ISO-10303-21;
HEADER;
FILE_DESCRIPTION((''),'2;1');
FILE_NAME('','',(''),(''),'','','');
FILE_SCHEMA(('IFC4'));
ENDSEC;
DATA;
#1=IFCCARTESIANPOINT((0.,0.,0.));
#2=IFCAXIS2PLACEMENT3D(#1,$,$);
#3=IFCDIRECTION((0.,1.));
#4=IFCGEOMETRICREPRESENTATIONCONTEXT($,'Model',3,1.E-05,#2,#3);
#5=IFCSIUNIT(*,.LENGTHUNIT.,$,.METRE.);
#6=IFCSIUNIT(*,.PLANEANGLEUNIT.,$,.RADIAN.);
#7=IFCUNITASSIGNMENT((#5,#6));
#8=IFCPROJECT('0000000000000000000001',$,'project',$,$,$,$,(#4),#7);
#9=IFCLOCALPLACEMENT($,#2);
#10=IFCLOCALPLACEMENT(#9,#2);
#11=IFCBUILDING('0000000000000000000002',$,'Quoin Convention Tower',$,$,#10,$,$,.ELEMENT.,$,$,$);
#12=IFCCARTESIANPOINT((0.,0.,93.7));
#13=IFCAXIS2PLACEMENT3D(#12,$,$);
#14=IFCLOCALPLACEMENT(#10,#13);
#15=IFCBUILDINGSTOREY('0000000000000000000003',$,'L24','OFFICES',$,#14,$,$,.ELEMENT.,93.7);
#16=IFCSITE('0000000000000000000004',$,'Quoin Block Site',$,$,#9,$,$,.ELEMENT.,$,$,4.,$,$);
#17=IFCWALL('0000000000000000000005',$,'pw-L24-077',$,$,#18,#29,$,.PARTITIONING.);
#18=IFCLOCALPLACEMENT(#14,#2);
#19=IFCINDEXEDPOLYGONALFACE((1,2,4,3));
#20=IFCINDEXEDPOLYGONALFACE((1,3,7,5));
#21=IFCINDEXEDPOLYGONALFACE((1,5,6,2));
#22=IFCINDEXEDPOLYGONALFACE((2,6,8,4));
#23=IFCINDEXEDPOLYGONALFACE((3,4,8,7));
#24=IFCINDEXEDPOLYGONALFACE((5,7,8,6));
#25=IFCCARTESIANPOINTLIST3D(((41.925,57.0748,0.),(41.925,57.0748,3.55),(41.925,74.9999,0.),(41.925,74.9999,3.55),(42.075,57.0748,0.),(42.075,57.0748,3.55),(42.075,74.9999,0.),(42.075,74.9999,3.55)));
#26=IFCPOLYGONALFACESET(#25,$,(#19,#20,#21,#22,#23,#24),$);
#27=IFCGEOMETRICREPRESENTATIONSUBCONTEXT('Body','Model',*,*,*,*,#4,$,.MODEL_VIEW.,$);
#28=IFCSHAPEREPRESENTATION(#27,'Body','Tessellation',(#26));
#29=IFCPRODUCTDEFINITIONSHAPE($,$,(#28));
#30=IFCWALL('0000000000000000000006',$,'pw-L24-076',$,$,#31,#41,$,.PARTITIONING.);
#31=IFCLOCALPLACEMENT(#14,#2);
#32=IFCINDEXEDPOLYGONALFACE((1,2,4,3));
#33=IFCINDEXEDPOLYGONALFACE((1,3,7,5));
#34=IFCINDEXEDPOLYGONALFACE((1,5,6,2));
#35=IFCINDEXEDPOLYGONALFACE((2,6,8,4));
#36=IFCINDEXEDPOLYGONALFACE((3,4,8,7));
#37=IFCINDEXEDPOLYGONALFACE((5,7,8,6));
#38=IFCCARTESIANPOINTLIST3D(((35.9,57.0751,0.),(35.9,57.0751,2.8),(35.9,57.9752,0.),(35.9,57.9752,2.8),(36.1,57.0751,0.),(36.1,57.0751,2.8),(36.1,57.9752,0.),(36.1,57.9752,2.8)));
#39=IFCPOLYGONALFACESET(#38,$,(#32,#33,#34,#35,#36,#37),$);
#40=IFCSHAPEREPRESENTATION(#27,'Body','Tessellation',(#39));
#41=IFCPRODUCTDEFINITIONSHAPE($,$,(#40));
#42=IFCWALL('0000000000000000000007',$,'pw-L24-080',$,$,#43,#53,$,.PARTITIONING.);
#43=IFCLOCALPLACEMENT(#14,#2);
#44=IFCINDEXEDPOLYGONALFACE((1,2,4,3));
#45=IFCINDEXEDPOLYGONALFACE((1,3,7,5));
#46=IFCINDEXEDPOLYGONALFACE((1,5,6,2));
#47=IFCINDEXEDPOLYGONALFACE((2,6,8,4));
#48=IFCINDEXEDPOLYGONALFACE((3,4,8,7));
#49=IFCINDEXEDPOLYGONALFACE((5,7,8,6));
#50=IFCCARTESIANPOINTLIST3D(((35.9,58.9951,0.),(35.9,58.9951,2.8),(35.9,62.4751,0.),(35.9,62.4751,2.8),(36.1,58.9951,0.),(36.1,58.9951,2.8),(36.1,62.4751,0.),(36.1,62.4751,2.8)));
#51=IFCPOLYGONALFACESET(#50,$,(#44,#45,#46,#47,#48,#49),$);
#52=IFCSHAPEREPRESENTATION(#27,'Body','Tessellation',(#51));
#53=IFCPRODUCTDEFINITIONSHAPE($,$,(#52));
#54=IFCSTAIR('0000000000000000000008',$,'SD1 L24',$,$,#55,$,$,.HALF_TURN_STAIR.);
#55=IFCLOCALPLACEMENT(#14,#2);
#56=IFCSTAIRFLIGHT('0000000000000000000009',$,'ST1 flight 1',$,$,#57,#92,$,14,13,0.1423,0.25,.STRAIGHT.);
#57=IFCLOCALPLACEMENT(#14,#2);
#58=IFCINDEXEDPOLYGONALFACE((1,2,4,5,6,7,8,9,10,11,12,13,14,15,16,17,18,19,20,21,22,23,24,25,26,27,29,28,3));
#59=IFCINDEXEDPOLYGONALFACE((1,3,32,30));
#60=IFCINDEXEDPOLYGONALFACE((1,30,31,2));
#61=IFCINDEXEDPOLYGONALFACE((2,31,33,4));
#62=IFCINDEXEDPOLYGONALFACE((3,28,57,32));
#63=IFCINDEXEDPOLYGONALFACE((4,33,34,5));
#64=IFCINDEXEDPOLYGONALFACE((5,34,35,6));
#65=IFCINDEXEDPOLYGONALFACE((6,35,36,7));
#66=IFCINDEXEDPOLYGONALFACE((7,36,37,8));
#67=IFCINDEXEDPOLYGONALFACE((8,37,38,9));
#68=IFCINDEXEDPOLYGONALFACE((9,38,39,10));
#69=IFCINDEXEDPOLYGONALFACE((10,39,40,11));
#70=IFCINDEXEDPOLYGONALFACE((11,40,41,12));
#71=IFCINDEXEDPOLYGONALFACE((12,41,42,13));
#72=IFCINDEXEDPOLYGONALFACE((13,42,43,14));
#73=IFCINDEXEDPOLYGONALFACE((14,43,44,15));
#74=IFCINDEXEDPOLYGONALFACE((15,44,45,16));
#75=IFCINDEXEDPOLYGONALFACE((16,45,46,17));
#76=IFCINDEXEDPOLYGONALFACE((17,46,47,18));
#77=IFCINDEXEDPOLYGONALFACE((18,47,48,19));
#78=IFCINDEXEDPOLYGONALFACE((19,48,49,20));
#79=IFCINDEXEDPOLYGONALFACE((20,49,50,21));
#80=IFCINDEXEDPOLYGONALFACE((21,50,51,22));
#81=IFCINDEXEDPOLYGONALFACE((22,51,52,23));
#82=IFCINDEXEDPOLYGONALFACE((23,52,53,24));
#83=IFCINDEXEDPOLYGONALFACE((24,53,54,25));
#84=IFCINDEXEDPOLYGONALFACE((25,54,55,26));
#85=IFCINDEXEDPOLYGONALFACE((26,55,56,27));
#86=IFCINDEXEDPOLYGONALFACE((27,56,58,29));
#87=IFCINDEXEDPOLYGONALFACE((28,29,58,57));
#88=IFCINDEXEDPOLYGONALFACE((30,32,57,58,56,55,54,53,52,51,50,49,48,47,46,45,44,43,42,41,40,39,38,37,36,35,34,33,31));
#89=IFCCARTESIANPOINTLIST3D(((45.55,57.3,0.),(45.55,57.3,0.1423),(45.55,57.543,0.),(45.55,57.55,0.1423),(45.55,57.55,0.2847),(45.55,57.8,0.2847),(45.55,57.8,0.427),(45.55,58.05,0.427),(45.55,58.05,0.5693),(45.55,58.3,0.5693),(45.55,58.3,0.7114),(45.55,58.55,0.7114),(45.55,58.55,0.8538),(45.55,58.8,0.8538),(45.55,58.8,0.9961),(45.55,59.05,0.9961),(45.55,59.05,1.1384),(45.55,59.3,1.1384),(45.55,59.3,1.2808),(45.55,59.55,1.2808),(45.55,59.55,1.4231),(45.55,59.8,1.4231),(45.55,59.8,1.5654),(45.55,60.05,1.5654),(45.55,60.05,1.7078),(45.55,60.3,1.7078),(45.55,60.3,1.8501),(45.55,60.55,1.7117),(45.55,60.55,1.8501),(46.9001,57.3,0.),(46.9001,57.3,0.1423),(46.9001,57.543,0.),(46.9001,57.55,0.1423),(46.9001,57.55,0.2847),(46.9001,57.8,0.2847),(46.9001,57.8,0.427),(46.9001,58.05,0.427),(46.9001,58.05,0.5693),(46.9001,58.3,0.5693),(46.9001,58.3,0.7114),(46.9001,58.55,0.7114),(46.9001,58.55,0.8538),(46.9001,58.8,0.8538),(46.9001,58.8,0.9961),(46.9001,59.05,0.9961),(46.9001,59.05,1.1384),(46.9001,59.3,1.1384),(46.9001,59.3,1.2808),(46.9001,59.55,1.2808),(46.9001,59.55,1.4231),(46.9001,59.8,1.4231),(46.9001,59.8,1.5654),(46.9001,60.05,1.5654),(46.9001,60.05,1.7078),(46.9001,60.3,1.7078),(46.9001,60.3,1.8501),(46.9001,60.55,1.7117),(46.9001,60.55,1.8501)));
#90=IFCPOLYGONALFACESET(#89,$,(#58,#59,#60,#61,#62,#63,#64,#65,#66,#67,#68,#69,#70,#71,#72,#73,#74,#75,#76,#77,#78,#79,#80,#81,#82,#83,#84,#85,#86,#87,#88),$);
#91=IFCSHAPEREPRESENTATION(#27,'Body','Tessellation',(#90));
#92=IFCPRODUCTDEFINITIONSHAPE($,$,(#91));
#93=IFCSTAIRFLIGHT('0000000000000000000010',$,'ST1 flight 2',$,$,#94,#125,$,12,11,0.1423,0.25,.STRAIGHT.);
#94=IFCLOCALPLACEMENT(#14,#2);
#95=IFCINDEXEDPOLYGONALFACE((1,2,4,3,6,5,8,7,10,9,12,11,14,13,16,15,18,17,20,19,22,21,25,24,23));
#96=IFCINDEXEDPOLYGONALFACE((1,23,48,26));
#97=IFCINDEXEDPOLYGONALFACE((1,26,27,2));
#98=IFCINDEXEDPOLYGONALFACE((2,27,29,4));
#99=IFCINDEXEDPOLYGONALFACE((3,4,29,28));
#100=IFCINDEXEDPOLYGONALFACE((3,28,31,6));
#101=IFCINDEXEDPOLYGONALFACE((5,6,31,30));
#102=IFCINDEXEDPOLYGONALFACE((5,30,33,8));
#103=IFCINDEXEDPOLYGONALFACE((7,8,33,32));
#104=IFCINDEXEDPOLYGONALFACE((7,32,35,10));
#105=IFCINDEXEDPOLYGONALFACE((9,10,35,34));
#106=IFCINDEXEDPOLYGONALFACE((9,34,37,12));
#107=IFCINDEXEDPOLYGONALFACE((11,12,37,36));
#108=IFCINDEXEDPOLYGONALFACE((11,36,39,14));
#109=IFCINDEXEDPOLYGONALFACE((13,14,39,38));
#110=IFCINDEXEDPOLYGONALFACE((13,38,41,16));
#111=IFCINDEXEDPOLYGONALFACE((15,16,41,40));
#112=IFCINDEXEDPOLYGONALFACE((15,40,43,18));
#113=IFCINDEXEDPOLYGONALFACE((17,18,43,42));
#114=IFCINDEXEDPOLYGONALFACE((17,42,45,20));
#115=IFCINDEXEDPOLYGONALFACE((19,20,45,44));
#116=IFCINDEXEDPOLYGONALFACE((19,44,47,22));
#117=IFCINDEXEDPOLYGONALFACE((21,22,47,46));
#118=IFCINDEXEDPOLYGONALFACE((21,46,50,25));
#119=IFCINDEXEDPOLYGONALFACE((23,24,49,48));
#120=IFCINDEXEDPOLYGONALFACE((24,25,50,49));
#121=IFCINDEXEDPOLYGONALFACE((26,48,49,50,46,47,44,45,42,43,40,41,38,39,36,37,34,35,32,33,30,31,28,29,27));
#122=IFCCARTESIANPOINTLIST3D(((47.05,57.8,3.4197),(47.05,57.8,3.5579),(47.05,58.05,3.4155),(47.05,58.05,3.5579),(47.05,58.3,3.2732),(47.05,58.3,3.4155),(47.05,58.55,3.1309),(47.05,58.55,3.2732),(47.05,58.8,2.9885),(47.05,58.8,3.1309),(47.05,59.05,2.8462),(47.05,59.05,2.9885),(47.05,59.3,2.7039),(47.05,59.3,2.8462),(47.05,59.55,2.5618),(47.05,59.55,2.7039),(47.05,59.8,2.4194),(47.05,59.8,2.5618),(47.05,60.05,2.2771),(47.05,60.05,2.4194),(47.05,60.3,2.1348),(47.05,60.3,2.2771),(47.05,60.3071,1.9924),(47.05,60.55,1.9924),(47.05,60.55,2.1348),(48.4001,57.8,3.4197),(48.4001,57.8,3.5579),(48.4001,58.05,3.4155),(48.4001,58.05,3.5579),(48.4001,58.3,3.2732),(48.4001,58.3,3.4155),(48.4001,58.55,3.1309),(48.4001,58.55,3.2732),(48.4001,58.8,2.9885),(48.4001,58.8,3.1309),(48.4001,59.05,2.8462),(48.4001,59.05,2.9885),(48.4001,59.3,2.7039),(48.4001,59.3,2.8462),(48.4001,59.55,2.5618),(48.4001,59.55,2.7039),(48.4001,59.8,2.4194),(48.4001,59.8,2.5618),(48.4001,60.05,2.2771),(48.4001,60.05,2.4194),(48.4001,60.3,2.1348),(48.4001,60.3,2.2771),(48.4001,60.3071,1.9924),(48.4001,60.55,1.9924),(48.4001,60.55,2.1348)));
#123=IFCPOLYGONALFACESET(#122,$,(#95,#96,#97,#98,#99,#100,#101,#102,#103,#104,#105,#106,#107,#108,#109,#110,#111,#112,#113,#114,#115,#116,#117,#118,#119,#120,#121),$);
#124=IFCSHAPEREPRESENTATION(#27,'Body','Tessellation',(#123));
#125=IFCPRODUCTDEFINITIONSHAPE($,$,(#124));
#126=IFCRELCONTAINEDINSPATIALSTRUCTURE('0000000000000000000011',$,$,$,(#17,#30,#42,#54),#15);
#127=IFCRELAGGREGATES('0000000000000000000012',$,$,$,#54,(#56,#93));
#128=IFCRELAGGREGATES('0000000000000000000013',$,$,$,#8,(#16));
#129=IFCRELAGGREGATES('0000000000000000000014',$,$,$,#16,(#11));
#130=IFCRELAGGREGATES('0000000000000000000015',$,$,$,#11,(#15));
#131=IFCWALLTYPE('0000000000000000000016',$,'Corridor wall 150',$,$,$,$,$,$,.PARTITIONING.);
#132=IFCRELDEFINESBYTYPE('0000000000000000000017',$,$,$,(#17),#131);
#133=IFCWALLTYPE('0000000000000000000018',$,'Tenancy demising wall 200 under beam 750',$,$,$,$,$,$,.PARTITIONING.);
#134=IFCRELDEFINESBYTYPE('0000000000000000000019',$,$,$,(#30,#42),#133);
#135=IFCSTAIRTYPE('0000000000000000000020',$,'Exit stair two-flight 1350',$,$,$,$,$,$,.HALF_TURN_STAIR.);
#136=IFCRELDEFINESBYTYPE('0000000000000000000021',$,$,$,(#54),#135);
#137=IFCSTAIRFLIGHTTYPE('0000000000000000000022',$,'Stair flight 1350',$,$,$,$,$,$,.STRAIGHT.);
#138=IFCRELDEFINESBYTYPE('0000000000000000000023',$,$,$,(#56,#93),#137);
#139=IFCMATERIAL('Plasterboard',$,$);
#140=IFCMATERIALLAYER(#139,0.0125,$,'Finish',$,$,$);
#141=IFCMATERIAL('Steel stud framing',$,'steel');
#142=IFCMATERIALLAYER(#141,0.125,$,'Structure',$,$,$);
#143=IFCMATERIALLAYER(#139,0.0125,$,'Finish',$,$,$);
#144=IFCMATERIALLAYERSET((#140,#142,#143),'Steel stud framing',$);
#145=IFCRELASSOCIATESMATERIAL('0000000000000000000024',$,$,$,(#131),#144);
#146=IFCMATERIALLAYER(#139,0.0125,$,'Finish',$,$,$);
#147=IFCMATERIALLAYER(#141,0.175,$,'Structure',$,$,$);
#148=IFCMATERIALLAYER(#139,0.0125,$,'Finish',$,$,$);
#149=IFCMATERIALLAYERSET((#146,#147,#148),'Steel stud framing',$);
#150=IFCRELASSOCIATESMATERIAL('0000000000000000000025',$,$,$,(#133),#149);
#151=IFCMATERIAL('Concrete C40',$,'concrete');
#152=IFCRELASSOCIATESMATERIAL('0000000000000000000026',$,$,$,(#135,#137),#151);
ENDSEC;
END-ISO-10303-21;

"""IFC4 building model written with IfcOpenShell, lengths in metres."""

from ifc_helpers import new_model, si_unit, direction, frame, frame_2d, origin, place, context, subcontext, project, spatial, polyline, rectangle, outline, extrude, material, layer, layer_set, type_object, element, aggregate, save


model = new_model("IFC4")

# Units and contexts
model_context = context("Model", 3, precision=1e-05, world=origin(), true_north=direction((0.0, 1.0)))
body_context = subcontext(model_context, "Body", "Model", "MODEL_VIEW")
ifc_project = project(units=[si_unit("LENGTHUNIT", "METRE"), si_unit("PLANEANGLEUNIT", "RADIAN")], contexts=[model_context])

# Site, building, storey
site_placement = place(None, origin())
site = spatial("IfcSite", under=ifc_project, at=site_placement, Name="Quoin Block Site", CompositionType="ELEMENT", RefElevation=4.0)
building_placement = place(site_placement, origin())
building = spatial("IfcBuilding", under=site, at=building_placement, Name="Quoin Convention Tower", CompositionType="ELEMENT")
storey_placement = place(building_placement, frame((0.0, 0.0, 93.7)))
storey = spatial("IfcBuildingStorey", under=building, at=storey_placement, Name="L24", Description="OFFICES", CompositionType="ELEMENT", Elevation=93.7)

# Shared definitions
ifc_material_1 = material(Name="Plasterboard")
ifc_material_2 = material(Name="Steel stud framing", Category="steel")

# Walls
ifc_layer_1 = layer(ifc_material_1, 0.0125, Name="Finish")
ifc_layer_2 = layer(ifc_material_2, 0.125, Name="Structure")
ifc_layer_3 = layer(ifc_material_1, 0.0125, Name="Finish")
ifc_layer_set_1 = layer_set([ifc_layer_1, ifc_layer_2, ifc_layer_3], Name="Steel stud framing")
wall_type_1 = type_object("IfcWallType", Name="Corridor wall 150", PredefinedType="PARTITIONING", material=ifc_layer_set_1)
wall_1_placement = place(storey_placement, frame((42.0, 57.075, 0.0), z_axis=(0.0, 0.0, 1.0), x_axis=(0.0, 1.0, 0.0)))
element("IfcWall", 1, at=wall_1_placement, inside=storey, type_object=wall_type_1, Name="pw-L24-077", PredefinedType="PARTITIONING", context=body_context, shape_type="SweptSolid", body=[
    extrude(rectangle(XDim=17.925, YDim=0.1499, at=frame_2d((8.9624, 0.0))), origin(), (0.0, 0.0, 1.0), 3.55),
])
ifc_layer_4 = layer(ifc_material_1, 0.0125, Name="Finish")
ifc_layer_5 = layer(ifc_material_2, 0.175, Name="Structure")
ifc_layer_6 = layer(ifc_material_1, 0.0125, Name="Finish")
ifc_layer_set_2 = layer_set([ifc_layer_4, ifc_layer_5, ifc_layer_6], Name="Steel stud framing")
wall_type_2 = type_object("IfcWallType", Name="Tenancy demising wall 200 under beam 750", PredefinedType="PARTITIONING", material=ifc_layer_set_2)
wall_2_placement = place(storey_placement, frame((36.0, 57.075, 0.0), z_axis=(0.0, 0.0, 1.0), x_axis=(0.0, 1.0, 0.0)))
element("IfcWall", 2, at=wall_2_placement, inside=storey, type_object=wall_type_2, Name="pw-L24-076", PredefinedType="PARTITIONING", context=body_context, shape_type="SweptSolid", body=[
    extrude(rectangle(XDim=0.9001, YDim=0.2, at=frame_2d((0.4502, 0.0))), origin(), (0.0, 0.0, 1.0), 2.8),
])
wall_3_placement = place(storey_placement, frame((36.0, 58.9951, 0.0), z_axis=(0.0, 0.0, 1.0), x_axis=(0.0, 1.0, 0.0)))
element("IfcWall", 3, at=wall_3_placement, inside=storey, type_object=wall_type_2, Name="pw-L24-080", PredefinedType="PARTITIONING", context=body_context, shape_type="SweptSolid", body=[
    extrude(rectangle(XDim=3.48, YDim=0.2, at=frame_2d((1.74, 0.0))), origin(), (0.0, 0.0, 1.0), 2.8),
])

# Stair, stair flights
ifc_material_3 = material(Name="Concrete C40", Category="concrete")
stair_type = type_object("IfcStairType", Name="Exit stair two-flight 1350", PredefinedType="HALF_TURN_STAIR", material=ifc_material_3)
stair_placement = place(storey_placement, origin())
stair = element("IfcStair", 4, at=stair_placement, inside=storey, type_object=stair_type, Name="SD1 L24", PredefinedType="HALF_TURN_STAIR")
stair_flight_type = type_object("IfcStairFlightType", Name="Stair flight 1350", PredefinedType="STRAIGHT", material=ifc_material_3)
stair_flight_1_placement = place(storey_placement, frame((46.2251, 57.3, 0.0), z_axis=(0.0, 0.0, 1.0), x_axis=(0.0, 1.0, 0.0)))
stair_flight_1 = element("IfcStairFlight", 5, at=stair_flight_1_placement, type_object=stair_flight_type, Name="ST1 flight 1", NumberOfRisers=14, NumberOfTreads=13, PredefinedType="STRAIGHT", RiserHeight=0.1423, TreadLength=0.25, context=body_context, shape_type="SweptSolid", body=[
    extrude(outline(polyline([(0.0, 0.0), (0.0, 0.1423), (0.25, 0.1423), (0.25, 0.2847), (0.5, 0.2847), (0.5, 0.427), (0.75, 0.427), (0.75, 0.5693), (1.0, 0.5693), (1.0, 0.7114), (1.25, 0.7114), (1.25, 0.8538), (1.5, 0.8538), (1.5, 0.9961), (1.75, 0.9961), (1.75, 1.1384), (2.0, 1.1384), (2.0, 1.2808), (2.25, 1.2808), (2.25, 1.4231), (2.5, 1.4231), (2.5, 1.5654), (2.75, 1.5654), (2.75, 1.7078), (3.0, 1.7078), (3.0, 1.8501), (3.25, 1.8501), (3.25, 1.9922), (3.25, 1.7117), (0.2429, 0.0), (0.0, 0.0)])), frame((0.0, 0.675, 0.0), z_axis=(0.0, -1.0, 0.0), x_axis=(1.0, 0.0, 0.0)), (0.0, 0.0, 1.0), 1.3501),
])
stair_flight_2_placement = place(storey_placement, frame((47.7251, 60.55, 1.9924), z_axis=(0.0, 0.0, 1.0), x_axis=(0.0, -1.0, 0.0)))
stair_flight_2 = element("IfcStairFlight", 6, at=stair_flight_2_placement, type_object=stair_flight_type, Name="ST1 flight 2", NumberOfRisers=12, NumberOfTreads=11, PredefinedType="STRAIGHT", RiserHeight=0.1423, TreadLength=0.25, context=body_context, shape_type="SweptSolid", body=[
    extrude(outline(polyline([(0.0, 0.0), (0.0, 0.1423), (0.25, 0.1423), (0.25, 0.2847), (0.5, 0.2847), (0.5, 0.427), (0.75, 0.427), (0.75, 0.5693), (1.0, 0.5693), (1.0, 0.7114), (1.25, 0.7114), (1.25, 0.8538), (1.5, 0.8538), (1.5, 0.9961), (1.75, 0.9961), (1.75, 1.1384), (2.0, 1.1384), (2.0, 1.2808), (2.25, 1.2808), (2.25, 1.4231), (2.5, 1.4231), (2.5, 1.5654), (2.75, 1.5654), (2.75, 1.7078), (2.75, 1.4272), (0.2429, 0.0), (0.0, 0.0)])), frame((0.0, 0.675, 0.0), z_axis=(0.0, -1.0, 0.0), x_axis=(1.0, 0.0, 0.0)), (0.0, 0.0, 1.0), 1.3501),
])
aggregate(stair, [stair_flight_1, stair_flight_2])

save(model, "model.ifc")
